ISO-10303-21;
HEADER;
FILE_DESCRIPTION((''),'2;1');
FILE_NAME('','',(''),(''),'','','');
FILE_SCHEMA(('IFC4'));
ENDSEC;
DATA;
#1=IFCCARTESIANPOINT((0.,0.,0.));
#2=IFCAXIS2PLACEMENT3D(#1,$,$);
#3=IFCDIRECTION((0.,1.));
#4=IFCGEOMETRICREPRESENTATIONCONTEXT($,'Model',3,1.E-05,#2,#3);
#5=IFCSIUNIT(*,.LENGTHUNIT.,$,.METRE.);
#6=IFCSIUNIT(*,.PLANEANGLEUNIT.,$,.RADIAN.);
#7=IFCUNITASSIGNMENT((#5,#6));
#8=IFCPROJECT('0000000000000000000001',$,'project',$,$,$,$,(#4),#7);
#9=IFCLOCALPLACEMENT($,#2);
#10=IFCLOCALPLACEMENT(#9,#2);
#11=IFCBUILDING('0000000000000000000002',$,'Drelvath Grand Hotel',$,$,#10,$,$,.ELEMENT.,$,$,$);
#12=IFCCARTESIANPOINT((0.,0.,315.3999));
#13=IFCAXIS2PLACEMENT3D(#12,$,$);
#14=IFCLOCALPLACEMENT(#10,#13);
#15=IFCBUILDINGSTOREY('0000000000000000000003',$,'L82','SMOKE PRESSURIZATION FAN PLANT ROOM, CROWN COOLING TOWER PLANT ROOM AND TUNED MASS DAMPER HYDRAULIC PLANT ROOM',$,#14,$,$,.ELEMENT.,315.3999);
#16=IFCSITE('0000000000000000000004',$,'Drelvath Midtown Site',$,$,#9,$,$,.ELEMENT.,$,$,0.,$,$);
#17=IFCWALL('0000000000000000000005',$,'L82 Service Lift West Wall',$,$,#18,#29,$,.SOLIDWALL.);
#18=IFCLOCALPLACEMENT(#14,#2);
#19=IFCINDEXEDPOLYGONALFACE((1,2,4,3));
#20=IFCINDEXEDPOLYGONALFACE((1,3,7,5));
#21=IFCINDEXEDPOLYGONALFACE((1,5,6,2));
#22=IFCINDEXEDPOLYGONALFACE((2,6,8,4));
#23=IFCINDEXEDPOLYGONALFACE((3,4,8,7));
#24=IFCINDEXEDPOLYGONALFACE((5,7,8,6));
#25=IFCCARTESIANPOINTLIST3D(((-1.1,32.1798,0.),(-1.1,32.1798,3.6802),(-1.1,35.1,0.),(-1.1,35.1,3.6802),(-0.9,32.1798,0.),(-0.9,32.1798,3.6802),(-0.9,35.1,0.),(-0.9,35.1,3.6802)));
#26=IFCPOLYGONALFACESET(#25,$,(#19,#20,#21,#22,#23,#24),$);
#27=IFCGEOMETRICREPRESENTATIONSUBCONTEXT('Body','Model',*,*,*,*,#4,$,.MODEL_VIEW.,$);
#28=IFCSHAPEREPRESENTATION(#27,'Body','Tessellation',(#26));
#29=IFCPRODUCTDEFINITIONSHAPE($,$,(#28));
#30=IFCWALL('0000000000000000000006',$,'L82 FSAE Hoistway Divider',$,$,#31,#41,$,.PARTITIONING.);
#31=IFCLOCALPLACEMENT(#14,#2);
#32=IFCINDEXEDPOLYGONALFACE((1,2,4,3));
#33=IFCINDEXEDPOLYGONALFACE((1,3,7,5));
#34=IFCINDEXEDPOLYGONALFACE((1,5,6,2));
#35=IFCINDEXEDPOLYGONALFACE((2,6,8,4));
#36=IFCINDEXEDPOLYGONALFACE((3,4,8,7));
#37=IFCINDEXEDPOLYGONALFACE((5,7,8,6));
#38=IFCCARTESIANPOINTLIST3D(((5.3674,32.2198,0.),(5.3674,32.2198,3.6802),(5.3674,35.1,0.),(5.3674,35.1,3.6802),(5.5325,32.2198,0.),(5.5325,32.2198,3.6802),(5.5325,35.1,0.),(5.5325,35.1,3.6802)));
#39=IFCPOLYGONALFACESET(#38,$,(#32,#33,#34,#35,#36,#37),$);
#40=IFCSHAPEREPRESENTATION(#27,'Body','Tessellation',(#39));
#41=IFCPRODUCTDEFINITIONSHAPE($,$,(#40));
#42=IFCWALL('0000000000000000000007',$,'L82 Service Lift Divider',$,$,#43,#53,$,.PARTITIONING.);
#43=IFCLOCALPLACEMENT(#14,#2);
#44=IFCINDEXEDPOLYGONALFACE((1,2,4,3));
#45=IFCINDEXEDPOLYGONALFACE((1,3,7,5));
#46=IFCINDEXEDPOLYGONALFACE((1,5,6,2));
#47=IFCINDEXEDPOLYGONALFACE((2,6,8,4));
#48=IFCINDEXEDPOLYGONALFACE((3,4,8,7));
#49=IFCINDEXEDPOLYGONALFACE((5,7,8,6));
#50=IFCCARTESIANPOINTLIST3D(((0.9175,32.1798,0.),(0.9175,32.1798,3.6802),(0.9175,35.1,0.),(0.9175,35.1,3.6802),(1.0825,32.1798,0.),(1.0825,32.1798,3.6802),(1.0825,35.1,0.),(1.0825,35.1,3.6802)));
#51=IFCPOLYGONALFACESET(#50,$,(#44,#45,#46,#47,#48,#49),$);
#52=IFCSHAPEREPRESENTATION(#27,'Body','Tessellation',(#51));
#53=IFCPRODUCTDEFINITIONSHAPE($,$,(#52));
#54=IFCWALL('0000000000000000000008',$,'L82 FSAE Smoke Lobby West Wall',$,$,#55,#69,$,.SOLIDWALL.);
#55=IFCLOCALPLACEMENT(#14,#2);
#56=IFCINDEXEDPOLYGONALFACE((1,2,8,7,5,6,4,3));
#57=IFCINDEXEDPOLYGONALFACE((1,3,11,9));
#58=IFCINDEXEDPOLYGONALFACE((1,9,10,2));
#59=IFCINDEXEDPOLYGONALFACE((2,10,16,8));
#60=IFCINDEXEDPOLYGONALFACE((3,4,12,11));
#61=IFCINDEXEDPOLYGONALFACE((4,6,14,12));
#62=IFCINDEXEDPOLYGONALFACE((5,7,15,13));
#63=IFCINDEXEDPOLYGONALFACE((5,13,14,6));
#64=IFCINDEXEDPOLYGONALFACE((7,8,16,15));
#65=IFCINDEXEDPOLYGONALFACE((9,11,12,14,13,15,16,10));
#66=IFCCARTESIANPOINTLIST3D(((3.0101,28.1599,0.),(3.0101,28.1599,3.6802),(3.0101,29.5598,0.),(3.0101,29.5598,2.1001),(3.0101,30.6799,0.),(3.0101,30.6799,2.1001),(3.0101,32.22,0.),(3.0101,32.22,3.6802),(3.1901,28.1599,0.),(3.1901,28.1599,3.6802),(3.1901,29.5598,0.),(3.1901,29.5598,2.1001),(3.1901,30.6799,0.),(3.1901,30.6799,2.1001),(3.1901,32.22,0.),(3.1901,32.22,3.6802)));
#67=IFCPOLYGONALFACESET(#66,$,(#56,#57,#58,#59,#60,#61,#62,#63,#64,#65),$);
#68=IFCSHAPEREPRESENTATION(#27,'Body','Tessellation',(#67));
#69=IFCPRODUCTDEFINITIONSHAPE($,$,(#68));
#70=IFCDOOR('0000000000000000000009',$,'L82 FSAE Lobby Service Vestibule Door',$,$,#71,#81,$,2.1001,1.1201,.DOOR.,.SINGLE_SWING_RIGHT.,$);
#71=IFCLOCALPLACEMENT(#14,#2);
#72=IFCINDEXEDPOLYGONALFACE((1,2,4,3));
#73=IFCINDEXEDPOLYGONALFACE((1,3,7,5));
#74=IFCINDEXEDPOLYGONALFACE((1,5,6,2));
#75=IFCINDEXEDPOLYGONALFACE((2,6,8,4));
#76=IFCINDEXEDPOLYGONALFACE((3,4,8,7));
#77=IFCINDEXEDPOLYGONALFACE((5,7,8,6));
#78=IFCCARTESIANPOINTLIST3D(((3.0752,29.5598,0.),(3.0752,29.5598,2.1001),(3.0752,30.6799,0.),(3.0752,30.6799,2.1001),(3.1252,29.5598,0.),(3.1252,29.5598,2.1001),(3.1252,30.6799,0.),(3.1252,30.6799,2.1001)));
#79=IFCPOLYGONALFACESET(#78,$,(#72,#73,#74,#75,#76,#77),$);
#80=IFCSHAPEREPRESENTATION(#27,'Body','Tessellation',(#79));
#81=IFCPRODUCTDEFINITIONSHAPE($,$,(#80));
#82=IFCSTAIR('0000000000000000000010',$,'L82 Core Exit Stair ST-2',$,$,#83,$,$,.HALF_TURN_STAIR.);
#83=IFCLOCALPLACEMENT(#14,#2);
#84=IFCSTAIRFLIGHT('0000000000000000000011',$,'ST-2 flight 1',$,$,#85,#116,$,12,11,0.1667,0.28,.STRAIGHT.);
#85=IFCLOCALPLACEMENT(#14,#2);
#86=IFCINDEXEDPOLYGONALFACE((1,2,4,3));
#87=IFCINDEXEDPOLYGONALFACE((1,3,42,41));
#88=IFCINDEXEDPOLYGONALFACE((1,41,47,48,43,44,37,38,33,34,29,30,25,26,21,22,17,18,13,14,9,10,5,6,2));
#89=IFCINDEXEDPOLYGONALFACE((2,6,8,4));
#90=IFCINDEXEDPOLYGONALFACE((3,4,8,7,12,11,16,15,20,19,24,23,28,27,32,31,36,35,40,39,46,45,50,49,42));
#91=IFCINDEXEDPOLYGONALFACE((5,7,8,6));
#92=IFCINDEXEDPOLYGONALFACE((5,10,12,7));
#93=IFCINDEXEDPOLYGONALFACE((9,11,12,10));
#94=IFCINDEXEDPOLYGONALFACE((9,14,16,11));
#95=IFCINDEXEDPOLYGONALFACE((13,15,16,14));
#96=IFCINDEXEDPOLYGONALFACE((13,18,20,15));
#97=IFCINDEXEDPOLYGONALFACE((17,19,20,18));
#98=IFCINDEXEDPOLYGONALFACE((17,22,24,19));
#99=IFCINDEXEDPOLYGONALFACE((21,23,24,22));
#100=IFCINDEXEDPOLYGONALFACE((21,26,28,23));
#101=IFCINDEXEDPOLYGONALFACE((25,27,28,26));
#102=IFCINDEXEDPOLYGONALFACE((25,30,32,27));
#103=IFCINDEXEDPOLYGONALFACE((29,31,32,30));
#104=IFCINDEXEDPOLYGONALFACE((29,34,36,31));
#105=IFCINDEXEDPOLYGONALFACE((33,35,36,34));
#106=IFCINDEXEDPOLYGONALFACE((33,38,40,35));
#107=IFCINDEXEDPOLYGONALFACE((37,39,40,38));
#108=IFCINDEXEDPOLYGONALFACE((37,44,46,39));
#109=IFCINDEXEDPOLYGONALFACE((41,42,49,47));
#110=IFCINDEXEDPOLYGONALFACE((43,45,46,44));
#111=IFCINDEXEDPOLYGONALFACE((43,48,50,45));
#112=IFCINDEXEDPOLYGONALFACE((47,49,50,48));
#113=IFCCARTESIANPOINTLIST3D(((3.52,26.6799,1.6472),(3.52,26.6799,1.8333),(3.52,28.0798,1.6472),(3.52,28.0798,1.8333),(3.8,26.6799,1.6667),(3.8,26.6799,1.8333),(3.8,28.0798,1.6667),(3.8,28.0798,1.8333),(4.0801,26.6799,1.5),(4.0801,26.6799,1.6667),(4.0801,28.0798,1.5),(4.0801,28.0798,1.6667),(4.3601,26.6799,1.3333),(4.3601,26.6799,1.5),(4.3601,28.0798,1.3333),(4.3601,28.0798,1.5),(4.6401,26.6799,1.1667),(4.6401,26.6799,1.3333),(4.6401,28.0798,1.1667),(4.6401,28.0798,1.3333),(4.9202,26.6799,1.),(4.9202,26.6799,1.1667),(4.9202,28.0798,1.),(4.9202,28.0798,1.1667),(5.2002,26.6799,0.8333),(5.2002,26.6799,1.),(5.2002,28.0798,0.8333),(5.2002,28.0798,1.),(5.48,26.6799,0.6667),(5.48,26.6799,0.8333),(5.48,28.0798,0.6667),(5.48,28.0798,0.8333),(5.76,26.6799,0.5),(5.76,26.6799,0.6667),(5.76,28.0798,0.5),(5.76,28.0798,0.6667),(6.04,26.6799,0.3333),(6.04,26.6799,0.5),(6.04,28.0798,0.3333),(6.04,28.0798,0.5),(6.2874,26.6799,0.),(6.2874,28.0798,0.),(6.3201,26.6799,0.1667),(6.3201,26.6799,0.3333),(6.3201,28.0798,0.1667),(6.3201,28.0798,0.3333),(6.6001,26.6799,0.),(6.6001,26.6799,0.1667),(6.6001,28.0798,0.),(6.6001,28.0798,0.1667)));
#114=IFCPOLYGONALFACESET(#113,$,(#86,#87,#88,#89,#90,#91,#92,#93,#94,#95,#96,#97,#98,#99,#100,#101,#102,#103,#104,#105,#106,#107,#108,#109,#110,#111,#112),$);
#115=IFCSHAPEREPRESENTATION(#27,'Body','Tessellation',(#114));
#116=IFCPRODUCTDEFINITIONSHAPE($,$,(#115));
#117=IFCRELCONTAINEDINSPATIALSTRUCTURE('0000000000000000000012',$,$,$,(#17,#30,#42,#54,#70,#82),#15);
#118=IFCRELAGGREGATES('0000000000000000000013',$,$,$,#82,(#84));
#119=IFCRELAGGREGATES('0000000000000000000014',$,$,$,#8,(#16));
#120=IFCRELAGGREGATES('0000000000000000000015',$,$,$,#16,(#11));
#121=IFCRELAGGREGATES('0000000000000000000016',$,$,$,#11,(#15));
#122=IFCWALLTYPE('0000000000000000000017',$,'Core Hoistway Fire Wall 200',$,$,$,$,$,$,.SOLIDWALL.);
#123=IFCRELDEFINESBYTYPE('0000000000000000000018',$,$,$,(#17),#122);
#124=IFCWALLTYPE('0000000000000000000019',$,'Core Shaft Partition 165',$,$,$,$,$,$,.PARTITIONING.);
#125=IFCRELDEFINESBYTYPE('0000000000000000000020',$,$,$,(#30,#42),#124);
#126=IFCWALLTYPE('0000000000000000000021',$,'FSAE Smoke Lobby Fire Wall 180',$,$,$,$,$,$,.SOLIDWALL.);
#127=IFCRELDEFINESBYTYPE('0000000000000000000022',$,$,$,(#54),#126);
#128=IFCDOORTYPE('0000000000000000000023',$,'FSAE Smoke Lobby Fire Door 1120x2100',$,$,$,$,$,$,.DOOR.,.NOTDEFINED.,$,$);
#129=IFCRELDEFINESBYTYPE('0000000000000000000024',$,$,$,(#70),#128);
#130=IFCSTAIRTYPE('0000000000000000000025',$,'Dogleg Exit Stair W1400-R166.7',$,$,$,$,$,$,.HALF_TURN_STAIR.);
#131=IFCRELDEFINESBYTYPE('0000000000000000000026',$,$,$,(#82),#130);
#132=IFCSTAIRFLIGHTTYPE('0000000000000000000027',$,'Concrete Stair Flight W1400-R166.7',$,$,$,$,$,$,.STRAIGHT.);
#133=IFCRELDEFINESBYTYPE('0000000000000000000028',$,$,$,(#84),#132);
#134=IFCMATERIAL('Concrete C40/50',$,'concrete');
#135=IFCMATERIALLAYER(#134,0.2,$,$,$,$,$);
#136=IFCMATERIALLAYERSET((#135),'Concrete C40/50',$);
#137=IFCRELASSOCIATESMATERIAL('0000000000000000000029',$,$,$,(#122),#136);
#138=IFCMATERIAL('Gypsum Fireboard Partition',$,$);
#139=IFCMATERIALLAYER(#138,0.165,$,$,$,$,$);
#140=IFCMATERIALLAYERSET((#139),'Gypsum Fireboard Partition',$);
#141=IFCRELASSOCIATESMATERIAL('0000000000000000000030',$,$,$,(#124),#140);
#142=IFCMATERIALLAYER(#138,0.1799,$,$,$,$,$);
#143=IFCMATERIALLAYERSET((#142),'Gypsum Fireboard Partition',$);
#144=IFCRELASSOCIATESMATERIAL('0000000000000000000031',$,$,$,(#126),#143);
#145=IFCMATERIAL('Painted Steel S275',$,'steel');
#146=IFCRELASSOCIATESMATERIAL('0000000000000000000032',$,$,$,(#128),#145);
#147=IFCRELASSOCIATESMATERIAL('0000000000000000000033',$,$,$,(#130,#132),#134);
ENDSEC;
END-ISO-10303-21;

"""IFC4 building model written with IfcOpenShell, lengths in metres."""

from ifc_helpers import new_model, si_unit, direction, frame, frame_2d, origin, place, context, subcontext, project, spatial, polyline, rectangle, outline, extrude, material, layer, layer_set, type_object, element, fill, aggregate, save


model = new_model("IFC4")

# Units and contexts
model_context = context("Model", 3, precision=1e-05, world=origin(), true_north=direction((0.0, 1.0)))
body_context = subcontext(model_context, "Body", "Model", "MODEL_VIEW")
ifc_project = project(units=[si_unit("LENGTHUNIT", "METRE"), si_unit("PLANEANGLEUNIT", "RADIAN")], contexts=[model_context])

# Site, building, storey
site_placement = place(None, origin())
site = spatial("IfcSite", under=ifc_project, at=site_placement, Name="Drelvath Midtown Site", CompositionType="ELEMENT", RefElevation=0.0)
building_placement = place(site_placement, origin())
building = spatial("IfcBuilding", under=site, at=building_placement, Name="Drelvath Grand Hotel", CompositionType="ELEMENT")
storey_placement = place(building_placement, frame((0.0, 0.0, 315.3999)))
storey = spatial("IfcBuildingStorey", under=building, at=storey_placement, Name="L82", Description="SMOKE PRESSURIZATION FAN PLANT ROOM, CROWN COOLING TOWER PLANT ROOM AND TUNED MASS DAMPER HYDRAULIC PLANT ROOM", CompositionType="ELEMENT", Elevation=315.3999)

# Shared definitions
ifc_material_1 = material(Name="Concrete C40/50", Category="concrete")
ifc_layer_1 = layer(ifc_material_1, 0.2)
ifc_layer_set_1 = layer_set([ifc_layer_1], Name="Concrete C40/50")
wall_type_1 = type_object("IfcWallType", Name="Core Hoistway Fire Wall 200", PredefinedType="SOLIDWALL", material=ifc_layer_set_1)

# Walls
wall_1_placement = place(storey_placement, frame((-1.0, 32.1799, 0.0), z_axis=(0.0, 0.0, 1.0), x_axis=(0.0, 1.0, 0.0)))
element("IfcWall", 1, at=wall_1_placement, inside=storey, type_object=wall_type_1, Name="L82 Service Lift West Wall", PredefinedType="SOLIDWALL", context=body_context, shape_type="SweptSolid", body=[
    extrude(rectangle(XDim=2.9202, YDim=0.2, at=frame_2d((1.46, 0.0))), origin(), (0.0, 0.0, 1.0), 3.6802),
])
ifc_material_2 = material(Name="Gypsum Fireboard Partition")
ifc_layer_2 = layer(ifc_material_2, 0.165)
ifc_layer_set_2 = layer_set([ifc_layer_2], Name="Gypsum Fireboard Partition")
wall_type_2 = type_object("IfcWallType", Name="Core Shaft Partition 165", PredefinedType="PARTITIONING", material=ifc_layer_set_2)
wall_2_placement = place(storey_placement, frame((5.45, 32.22, 0.0), z_axis=(0.0, 0.0, 1.0), x_axis=(0.0, 1.0, 0.0)))
element("IfcWall", 2, at=wall_2_placement, inside=storey, type_object=wall_type_2, Name="L82 FSAE Hoistway Divider", PredefinedType="PARTITIONING", context=body_context, shape_type="SweptSolid", body=[
    extrude(rectangle(XDim=2.8801, YDim=0.165, at=frame_2d((1.4399, 0.0))), origin(), (0.0, 0.0, 1.0), 3.6802),
])
wall_3_placement = place(storey_placement, frame((1.0, 32.1799, 0.0), z_axis=(0.0, 0.0, 1.0), x_axis=(0.0, 1.0, 0.0)))
element("IfcWall", 3, at=wall_3_placement, inside=storey, type_object=wall_type_2, Name="L82 Service Lift Divider", PredefinedType="PARTITIONING", context=body_context, shape_type="SweptSolid", body=[
    extrude(rectangle(XDim=2.9202, YDim=0.165, at=frame_2d((1.46, 0.0))), origin(), (0.0, 0.0, 1.0), 3.6802),
])

# Wall, opening, door
ifc_layer_3 = layer(ifc_material_2, 0.1799)
ifc_layer_set_3 = layer_set([ifc_layer_3], Name="Gypsum Fireboard Partition")
wall_type_3 = type_object("IfcWallType", Name="FSAE Smoke Lobby Fire Wall 180", PredefinedType="SOLIDWALL", material=ifc_layer_set_3)
wall_4_placement = place(storey_placement, frame((3.1001, 28.1599, 0.0), z_axis=(0.0, 0.0, 1.0), x_axis=(0.0, 1.0, 0.0)))
wall_4 = element("IfcWall", 4, at=wall_4_placement, inside=storey, type_object=wall_type_3, Name="L82 FSAE Smoke Lobby West Wall", PredefinedType="SOLIDWALL", context=body_context, shape_type="SweptSolid", body=[
    extrude(rectangle(XDim=4.0601, YDim=0.1799, at=frame_2d((2.03, 0.0))), origin(), (0.0, 0.0, 1.0), 3.6802),
])
opening_1_placement = place(wall_4_placement, frame((1.3999, 0.0, 0.0)))
opening_1 = element("IfcOpeningElement", 5, at=opening_1_placement, cuts=wall_4, PredefinedType="OPENING", context=body_context, shape_type="SweptSolid", body=[
    extrude(rectangle(XDim=1.1201, YDim=2.1001, at=frame_2d((0.5601, 1.05))), frame((0.0, 0.0999, 0.0), z_axis=(0.0, -1.0, 0.0), x_axis=(1.0, 0.0, 0.0)), (0.0, 0.0, 1.0), 0.2),
])
ifc_material_3 = material(Name="Painted Steel S275", Category="steel")
door_type_1 = type_object("IfcDoorType", Name="FSAE Smoke Lobby Fire Door 1120x2100", OperationType="NOTDEFINED", PredefinedType="DOOR", material=ifc_material_3)
door_1_placement = place(opening_1_placement, origin())
door_1 = element("IfcDoor", 6, at=door_1_placement, inside=storey, type_object=door_type_1, Name="L82 FSAE Lobby Service Vestibule Door", OperationType="SINGLE_SWING_RIGHT", OverallHeight=2.1001, OverallWidth=1.1201, PredefinedType="DOOR", context=body_context, shape_type="SweptSolid", body=[
    extrude(rectangle(XDim=1.1201, YDim=2.1001, at=frame_2d((0.5601, 1.05))), frame((0.0, 0.0249, 0.0), z_axis=(0.0, -1.0, 0.0), x_axis=(1.0, 0.0, 0.0)), (0.0, 0.0, 1.0), 0.05),
])
fill(opening_1, door_1)

# Stair, stair flight
stair_type = type_object("IfcStairType", Name="Dogleg Exit Stair W1400-R166.7", PredefinedType="HALF_TURN_STAIR", material=ifc_material_1)
stair_placement = place(storey_placement, origin())
stair = element("IfcStair", 7, at=stair_placement, inside=storey, type_object=stair_type, Name="L82 Core Exit Stair ST-2", PredefinedType="HALF_TURN_STAIR")
stair_flight_type = type_object("IfcStairFlightType", Name="Concrete Stair Flight W1400-R166.7", PredefinedType="STRAIGHT", material=ifc_material_1)
stair_flight_placement = place(storey_placement, frame((6.6001, 27.3799, 0.0), z_axis=(0.0, 0.0, 1.0), x_axis=(-1.0, 0.0, 0.0)))
stair_flight = element("IfcStairFlight", 8, at=stair_flight_placement, type_object=stair_flight_type, Name="ST-2 flight 1", NumberOfRisers=12, NumberOfTreads=11, PredefinedType="STRAIGHT", RiserHeight=0.1667, TreadLength=0.28, context=body_context, shape_type="SweptSolid", body=[
    extrude(outline(polyline([(0.0, 0.0), (0.0, 0.1667), (0.28, 0.1667), (0.28, 0.3333), (0.5601, 0.3333), (0.5601, 0.5), (0.8401, 0.5), (0.8401, 0.6667), (1.1201, 0.6667), (1.1201, 0.8333), (1.3999, 0.8333), (1.3999, 1.0), (1.6799, 1.0), (1.6799, 1.1667), (1.96, 1.1667), (1.96, 1.3333), (2.24, 1.3333), (2.24, 1.5), (2.52, 1.5), (2.52, 1.6667), (2.8, 1.6667), (2.8, 1.8333), (3.0801, 1.8333), (3.0801, 2.0), (3.0801, 1.6472), (0.3127, 0.0), (0.0, 0.0)])), frame((0.0, 0.7, 0.0), z_axis=(0.0, -1.0, 0.0), x_axis=(1.0, 0.0, 0.0)), (0.0, 0.0, 1.0), 1.3999),
])
aggregate(stair, [stair_flight])

save(model, "model.ifc")
